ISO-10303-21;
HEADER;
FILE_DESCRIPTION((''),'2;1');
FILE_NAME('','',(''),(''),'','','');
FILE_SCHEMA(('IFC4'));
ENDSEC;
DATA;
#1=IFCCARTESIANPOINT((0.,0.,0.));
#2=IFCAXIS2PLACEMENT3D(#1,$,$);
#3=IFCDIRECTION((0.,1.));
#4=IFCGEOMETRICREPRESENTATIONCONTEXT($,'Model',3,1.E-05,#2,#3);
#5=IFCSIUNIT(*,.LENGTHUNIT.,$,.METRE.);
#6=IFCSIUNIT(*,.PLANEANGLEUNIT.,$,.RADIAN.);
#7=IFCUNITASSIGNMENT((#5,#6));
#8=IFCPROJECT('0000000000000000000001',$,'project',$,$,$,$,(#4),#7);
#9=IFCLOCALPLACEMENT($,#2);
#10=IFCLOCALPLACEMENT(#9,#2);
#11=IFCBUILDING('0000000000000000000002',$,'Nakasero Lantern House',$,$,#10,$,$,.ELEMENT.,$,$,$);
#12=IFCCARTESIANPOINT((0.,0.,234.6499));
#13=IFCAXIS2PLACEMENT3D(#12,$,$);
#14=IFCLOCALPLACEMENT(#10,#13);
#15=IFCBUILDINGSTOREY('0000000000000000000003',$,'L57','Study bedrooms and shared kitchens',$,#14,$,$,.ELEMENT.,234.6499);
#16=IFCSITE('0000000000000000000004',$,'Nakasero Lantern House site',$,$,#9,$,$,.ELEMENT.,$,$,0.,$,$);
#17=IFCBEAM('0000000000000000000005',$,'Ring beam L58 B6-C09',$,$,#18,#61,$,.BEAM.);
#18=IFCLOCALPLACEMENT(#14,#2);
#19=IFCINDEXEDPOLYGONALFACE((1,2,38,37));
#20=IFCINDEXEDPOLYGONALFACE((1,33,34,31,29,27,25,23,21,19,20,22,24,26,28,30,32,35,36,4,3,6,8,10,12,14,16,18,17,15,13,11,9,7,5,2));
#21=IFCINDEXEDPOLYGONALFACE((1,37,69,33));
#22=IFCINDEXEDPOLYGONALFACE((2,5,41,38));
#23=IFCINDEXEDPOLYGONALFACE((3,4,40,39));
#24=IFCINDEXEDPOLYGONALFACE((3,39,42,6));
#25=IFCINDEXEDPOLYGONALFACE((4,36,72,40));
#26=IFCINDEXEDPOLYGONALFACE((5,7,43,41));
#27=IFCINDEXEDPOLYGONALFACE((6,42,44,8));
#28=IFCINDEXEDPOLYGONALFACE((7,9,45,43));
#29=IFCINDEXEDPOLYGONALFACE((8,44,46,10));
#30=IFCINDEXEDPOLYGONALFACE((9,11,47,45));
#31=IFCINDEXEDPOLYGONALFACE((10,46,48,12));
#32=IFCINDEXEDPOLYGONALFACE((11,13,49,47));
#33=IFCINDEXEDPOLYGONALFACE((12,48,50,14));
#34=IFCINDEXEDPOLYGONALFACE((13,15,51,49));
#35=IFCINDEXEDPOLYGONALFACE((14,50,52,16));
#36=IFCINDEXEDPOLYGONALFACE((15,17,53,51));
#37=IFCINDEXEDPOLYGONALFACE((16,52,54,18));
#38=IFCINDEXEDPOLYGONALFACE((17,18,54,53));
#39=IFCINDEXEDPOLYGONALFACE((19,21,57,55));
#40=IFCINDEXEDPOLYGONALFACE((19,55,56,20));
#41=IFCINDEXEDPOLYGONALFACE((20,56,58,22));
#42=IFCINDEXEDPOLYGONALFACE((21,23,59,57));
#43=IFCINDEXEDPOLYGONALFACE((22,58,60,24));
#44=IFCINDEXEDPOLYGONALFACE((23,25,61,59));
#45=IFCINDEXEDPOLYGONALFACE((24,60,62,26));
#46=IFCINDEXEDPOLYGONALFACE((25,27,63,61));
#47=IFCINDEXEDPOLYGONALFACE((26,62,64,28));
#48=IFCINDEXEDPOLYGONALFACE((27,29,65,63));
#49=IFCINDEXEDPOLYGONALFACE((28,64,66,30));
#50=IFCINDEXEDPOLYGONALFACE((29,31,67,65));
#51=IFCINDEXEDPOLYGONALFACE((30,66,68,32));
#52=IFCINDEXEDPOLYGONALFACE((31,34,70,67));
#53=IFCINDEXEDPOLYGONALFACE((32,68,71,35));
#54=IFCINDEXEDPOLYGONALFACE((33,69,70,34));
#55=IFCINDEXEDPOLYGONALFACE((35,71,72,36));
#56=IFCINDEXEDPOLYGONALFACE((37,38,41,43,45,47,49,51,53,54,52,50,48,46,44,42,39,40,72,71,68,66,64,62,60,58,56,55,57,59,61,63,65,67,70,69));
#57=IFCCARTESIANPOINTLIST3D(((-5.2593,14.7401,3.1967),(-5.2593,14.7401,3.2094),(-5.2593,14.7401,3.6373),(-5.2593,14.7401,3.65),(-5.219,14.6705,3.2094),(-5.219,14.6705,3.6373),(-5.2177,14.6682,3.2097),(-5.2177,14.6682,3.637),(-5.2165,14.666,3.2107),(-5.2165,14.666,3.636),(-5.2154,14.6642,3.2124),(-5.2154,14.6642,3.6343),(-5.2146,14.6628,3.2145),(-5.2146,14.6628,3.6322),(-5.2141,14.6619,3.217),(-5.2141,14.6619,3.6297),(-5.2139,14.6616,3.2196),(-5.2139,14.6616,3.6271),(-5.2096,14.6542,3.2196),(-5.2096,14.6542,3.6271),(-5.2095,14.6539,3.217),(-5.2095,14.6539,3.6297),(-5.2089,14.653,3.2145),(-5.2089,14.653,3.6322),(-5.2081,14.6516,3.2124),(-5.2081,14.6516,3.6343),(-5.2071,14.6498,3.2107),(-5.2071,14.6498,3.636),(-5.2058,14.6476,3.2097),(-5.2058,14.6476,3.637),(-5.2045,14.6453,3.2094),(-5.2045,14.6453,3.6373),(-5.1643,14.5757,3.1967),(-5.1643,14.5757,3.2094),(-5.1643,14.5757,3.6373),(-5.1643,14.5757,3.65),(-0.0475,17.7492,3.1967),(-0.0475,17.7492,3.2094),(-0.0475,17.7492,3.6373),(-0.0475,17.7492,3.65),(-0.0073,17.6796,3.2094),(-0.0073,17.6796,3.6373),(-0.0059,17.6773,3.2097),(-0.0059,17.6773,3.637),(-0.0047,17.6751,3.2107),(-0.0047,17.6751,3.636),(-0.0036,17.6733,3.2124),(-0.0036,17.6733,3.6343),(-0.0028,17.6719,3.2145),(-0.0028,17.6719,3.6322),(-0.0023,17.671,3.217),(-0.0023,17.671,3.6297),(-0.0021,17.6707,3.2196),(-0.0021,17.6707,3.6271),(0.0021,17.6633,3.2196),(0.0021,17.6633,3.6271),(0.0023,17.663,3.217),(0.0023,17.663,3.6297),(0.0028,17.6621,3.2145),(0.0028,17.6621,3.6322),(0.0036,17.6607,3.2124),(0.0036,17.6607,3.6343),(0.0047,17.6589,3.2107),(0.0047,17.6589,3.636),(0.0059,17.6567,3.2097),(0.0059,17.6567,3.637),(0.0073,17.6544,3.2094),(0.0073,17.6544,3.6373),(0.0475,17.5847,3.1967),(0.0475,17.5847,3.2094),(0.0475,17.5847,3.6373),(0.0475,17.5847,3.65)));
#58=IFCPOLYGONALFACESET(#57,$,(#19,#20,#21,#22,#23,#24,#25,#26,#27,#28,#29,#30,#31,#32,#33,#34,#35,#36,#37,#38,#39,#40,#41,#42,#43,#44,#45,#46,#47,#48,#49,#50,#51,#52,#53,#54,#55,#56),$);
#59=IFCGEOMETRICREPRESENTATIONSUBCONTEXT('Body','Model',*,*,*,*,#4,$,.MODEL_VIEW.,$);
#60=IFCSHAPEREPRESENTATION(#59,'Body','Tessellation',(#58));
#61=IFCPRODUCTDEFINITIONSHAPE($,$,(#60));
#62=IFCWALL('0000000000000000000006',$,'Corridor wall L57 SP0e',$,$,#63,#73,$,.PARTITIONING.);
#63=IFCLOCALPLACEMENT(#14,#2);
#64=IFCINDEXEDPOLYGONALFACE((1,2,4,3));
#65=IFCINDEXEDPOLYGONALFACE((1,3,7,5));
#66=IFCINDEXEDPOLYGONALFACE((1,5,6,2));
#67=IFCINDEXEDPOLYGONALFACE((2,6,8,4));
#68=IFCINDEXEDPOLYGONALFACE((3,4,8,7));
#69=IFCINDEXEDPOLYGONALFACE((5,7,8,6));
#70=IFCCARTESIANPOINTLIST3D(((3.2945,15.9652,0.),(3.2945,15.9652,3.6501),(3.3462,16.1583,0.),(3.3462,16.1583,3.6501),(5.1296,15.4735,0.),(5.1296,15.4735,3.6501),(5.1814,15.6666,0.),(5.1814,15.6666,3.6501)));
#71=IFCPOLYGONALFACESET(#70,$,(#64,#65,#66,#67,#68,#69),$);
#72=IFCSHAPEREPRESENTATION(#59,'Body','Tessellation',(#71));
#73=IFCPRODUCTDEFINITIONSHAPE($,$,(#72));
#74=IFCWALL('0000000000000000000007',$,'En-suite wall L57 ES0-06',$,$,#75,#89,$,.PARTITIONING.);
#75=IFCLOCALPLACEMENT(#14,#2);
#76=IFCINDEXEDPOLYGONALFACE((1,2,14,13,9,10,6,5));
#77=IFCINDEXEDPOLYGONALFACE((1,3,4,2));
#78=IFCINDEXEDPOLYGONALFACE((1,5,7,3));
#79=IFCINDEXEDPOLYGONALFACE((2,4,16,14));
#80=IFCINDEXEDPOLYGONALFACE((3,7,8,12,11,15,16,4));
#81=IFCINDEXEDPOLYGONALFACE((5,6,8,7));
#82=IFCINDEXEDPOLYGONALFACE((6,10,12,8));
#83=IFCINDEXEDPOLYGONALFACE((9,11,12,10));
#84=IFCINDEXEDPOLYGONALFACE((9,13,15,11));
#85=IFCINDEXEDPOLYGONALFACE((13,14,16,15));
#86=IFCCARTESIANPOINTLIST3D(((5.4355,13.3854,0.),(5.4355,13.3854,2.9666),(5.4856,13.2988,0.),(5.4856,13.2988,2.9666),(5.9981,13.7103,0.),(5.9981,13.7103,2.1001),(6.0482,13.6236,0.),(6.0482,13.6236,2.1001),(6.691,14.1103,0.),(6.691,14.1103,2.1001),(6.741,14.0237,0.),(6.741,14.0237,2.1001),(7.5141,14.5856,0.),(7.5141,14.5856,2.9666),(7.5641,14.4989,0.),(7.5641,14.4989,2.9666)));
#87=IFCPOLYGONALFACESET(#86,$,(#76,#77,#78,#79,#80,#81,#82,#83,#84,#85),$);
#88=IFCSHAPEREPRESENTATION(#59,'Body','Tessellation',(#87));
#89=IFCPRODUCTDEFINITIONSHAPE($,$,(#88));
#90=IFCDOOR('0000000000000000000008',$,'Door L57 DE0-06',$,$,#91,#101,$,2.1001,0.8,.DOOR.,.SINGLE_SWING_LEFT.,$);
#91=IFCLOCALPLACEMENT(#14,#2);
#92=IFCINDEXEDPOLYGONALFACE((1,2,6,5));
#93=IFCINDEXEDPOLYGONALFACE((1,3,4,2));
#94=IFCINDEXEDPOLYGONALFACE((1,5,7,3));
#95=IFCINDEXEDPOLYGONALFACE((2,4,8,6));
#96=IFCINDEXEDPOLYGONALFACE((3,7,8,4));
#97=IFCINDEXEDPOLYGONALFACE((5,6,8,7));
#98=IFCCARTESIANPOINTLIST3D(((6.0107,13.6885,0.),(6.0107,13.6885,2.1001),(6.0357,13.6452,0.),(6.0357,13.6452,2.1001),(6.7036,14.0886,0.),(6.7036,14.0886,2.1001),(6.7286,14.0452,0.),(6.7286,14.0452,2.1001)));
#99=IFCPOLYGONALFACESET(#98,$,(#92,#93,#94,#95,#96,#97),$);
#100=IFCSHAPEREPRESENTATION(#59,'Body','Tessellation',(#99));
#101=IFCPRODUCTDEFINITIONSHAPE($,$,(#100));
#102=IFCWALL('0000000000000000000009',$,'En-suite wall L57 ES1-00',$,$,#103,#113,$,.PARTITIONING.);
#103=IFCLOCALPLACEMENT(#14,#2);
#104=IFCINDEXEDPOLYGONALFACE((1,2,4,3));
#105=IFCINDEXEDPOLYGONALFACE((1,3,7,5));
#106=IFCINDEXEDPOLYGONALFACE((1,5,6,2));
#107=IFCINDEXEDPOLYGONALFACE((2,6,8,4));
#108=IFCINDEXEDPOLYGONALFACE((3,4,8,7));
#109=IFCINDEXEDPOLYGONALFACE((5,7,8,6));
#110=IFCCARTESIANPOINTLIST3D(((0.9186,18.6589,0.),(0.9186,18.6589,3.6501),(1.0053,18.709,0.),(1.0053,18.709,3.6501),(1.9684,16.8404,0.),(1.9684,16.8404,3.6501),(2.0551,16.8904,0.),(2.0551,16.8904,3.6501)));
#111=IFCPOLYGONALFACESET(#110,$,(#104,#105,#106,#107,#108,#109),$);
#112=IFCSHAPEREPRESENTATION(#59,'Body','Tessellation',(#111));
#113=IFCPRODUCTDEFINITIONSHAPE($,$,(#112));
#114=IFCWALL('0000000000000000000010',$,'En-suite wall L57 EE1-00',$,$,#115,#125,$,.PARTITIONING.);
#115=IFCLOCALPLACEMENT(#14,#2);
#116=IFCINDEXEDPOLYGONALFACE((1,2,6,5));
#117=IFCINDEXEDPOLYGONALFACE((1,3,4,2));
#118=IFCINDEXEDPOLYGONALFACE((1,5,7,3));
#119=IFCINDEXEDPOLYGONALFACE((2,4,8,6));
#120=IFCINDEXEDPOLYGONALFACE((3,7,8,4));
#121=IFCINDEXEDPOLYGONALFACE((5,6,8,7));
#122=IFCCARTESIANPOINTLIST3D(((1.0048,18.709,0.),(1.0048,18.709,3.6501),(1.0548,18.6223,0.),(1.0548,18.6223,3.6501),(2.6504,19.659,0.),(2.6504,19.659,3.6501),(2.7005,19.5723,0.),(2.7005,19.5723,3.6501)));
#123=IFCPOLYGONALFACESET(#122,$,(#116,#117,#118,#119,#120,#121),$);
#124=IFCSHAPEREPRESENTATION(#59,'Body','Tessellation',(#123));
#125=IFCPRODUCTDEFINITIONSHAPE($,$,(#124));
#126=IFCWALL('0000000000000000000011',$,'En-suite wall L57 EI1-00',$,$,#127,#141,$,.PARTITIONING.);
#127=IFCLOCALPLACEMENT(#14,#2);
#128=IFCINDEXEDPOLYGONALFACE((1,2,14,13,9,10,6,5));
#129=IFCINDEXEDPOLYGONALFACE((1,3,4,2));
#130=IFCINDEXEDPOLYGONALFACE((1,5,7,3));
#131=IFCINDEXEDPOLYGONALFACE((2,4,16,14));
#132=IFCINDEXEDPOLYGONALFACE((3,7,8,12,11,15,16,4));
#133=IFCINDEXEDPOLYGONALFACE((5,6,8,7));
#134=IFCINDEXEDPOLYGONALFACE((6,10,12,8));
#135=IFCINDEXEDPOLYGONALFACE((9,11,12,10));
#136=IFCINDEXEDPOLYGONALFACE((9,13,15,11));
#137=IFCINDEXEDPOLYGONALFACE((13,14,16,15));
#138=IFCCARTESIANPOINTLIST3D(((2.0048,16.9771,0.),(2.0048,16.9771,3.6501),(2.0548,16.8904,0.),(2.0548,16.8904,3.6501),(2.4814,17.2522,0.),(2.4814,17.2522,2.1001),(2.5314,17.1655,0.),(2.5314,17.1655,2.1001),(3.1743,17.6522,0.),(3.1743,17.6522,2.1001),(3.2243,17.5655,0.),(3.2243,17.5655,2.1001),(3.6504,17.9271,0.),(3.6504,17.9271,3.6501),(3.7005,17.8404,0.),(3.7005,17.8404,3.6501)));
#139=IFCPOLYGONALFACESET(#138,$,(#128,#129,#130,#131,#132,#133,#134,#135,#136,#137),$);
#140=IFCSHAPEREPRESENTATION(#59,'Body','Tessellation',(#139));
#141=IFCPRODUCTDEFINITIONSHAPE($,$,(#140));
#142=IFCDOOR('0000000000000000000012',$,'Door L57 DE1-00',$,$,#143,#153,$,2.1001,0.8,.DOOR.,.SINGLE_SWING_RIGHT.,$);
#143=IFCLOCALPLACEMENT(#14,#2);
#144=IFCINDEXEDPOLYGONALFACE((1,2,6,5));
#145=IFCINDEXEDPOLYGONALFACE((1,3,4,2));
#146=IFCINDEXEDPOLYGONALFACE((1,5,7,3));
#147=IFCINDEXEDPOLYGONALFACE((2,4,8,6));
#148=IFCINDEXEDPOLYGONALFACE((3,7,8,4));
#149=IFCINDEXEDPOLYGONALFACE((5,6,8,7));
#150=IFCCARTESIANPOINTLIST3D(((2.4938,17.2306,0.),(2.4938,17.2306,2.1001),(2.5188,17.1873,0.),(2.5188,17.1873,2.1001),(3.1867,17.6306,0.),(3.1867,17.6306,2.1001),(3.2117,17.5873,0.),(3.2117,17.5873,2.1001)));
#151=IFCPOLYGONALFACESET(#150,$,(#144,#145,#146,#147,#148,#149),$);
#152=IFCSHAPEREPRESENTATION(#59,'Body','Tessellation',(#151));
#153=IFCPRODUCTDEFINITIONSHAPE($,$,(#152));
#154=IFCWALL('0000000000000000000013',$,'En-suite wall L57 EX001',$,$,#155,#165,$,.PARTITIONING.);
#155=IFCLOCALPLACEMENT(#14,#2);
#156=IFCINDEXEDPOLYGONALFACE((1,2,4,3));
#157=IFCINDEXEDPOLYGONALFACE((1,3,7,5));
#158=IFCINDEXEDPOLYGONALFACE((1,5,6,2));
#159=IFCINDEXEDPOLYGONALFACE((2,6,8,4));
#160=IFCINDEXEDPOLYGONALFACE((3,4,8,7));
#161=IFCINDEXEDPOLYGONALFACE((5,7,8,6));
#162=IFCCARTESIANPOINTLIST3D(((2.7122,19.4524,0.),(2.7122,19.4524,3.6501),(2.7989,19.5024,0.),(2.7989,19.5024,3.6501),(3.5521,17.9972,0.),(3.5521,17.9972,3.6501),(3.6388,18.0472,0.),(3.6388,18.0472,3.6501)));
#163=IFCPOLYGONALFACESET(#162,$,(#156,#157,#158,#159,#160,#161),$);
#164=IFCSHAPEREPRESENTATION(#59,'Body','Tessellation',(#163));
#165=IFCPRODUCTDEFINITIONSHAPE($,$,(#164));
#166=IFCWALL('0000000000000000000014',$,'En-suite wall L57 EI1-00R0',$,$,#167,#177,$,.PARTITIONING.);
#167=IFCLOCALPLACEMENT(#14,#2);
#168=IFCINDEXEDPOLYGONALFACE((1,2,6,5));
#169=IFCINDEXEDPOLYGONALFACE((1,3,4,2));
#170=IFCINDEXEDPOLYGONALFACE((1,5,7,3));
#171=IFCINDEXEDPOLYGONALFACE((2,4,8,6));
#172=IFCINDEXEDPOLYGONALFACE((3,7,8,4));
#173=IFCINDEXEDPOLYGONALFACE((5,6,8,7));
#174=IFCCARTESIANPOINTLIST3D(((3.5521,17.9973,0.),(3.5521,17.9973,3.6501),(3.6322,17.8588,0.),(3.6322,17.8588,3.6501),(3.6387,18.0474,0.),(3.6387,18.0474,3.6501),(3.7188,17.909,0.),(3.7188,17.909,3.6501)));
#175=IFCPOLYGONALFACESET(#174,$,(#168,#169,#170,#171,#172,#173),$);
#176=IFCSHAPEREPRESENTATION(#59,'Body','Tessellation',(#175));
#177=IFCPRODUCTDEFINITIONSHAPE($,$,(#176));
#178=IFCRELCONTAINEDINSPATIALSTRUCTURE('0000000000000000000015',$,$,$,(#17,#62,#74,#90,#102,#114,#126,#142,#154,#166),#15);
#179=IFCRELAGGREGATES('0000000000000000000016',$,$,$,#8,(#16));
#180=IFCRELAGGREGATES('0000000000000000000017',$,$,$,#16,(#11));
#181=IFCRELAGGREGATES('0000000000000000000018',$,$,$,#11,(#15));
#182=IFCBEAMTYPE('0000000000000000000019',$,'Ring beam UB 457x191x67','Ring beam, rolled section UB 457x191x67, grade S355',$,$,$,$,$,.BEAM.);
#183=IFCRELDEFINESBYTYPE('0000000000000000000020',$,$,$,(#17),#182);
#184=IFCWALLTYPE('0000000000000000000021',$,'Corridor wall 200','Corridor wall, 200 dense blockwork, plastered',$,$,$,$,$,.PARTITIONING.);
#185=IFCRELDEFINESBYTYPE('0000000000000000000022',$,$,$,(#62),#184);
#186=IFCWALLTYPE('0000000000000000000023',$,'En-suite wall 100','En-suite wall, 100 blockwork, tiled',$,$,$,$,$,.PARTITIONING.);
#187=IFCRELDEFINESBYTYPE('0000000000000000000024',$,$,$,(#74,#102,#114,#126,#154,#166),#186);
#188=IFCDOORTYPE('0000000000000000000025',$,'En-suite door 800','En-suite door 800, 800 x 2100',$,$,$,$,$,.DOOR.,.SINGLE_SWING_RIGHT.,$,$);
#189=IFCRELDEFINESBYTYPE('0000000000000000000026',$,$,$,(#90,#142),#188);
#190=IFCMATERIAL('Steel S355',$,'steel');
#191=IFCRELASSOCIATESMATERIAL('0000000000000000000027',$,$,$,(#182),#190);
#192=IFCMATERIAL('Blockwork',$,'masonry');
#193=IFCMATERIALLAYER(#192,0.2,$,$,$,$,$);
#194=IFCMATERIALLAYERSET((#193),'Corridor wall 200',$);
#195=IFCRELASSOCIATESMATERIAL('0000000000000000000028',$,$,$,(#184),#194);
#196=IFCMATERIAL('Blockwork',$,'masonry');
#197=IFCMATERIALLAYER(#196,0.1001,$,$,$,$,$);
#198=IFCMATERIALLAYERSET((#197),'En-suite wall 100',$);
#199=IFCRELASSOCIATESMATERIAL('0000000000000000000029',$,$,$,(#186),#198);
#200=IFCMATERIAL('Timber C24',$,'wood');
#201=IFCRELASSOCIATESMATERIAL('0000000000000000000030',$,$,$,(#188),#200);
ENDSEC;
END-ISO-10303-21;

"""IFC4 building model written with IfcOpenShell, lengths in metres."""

from ifc_helpers import new_model, si_unit, direction, frame, frame_2d, origin, origin_2d, place, context, subcontext, project, spatial, rectangle, i_section, extrude, material, layer, layer_set, material_profile, profile_set, type_object, element, fill, save


model = new_model("IFC4")

# Units and contexts
model_context = context("Model", 3, precision=1e-05, world=origin(), true_north=direction((0.0, 1.0)))
body_context = subcontext(model_context, "Body", "Model", "MODEL_VIEW")
ifc_project = project(units=[si_unit("LENGTHUNIT", "METRE"), si_unit("PLANEANGLEUNIT", "RADIAN")], contexts=[model_context])

# Site, building, storey
site_placement = place(None, origin())
site = spatial("IfcSite", under=ifc_project, at=site_placement, Name="Nakasero Lantern House site", CompositionType="ELEMENT", RefElevation=0.0)
building_placement = place(site_placement, origin())
building = spatial("IfcBuilding", under=site, at=building_placement, Name="Nakasero Lantern House", CompositionType="ELEMENT")
storey_placement = place(building_placement, frame((0.0, 0.0, 234.6499)))
storey = spatial("IfcBuildingStorey", under=building, at=storey_placement, Name="L57", Description="Study bedrooms and shared kitchens", CompositionType="ELEMENT", Elevation=234.6499)

# Beam
ifc_material_1 = material(Name="Steel S355", Category="steel")
ifc_material_profile = material_profile(ifc_material_1, i_section(OverallWidth=0.1899, OverallDepth=0.4534, WebThickness=0.0085, FlangeThickness=0.0127, FilletRadius=0.0103, at=origin_2d()), Name="UB 457x191x67")
ifc_profile_set = profile_set([ifc_material_profile], Name="Steel S355")
beam_type = type_object("IfcBeamType", Name="Ring beam UB 457x191x67", Description="Ring beam, rolled section UB 457x191x67, grade S355", PredefinedType="BEAM", material=ifc_profile_set)
beam_placement = place(storey_placement, frame((0.0, 17.667, 3.4233), z_axis=(-0.86602, -0.500009, 0.0), x_axis=(0.500009, -0.86602, 0.0)))
element("IfcBeam", 1, at=beam_placement, inside=storey, type_object=beam_type, Name="Ring beam L58 B6-C09", PredefinedType="BEAM", context=body_context, shape_type="SweptSolid", body=[
    extrude(i_section(OverallWidth=0.1899, OverallDepth=0.4534, WebThickness=0.0085, FlangeThickness=0.0127, FilletRadius=0.0103, at=origin_2d()), origin(), (0.0, 0.0, 1.0), 6.0181),
])

# Wall
ifc_material_2 = material(Name="Blockwork", Category="masonry")
ifc_layer_1 = layer(ifc_material_2, 0.2)
ifc_layer_set_1 = layer_set([ifc_layer_1], Name="Corridor wall 200")
wall_type_1 = type_object("IfcWallType", Name="Corridor wall 200", Description="Corridor wall, 200 dense blockwork, plastered", PredefinedType="PARTITIONING", material=ifc_layer_set_1)
wall_1_placement = place(storey_placement, frame((5.1555, 15.5701, 0.0), z_axis=(0.0, 0.0, 1.0), x_axis=(-0.965931, 0.258798, 0.0)))
element("IfcWall", 2, at=wall_1_placement, inside=storey, type_object=wall_type_1, Name="Corridor wall L57 SP0e", PredefinedType="PARTITIONING", context=body_context, shape_type="SweptSolid", body=[
    extrude(rectangle(XDim=1.8999, YDim=0.2, at=frame_2d((0.95, 0.0))), origin(), (0.0, 0.0, 1.0), 3.6501),
])

# Wall, opening, door
ifc_material_3 = material(Name="Blockwork", Category="masonry")
ifc_layer_2 = layer(ifc_material_3, 0.1001)
ifc_layer_set_2 = layer_set([ifc_layer_2], Name="En-suite wall 100")
wall_type_2 = type_object("IfcWallType", Name="En-suite wall 100", Description="En-suite wall, 100 blockwork, tiled", PredefinedType="PARTITIONING", material=ifc_layer_set_2)
wall_2_placement = place(storey_placement, frame((5.4604, 13.342, 0.0), z_axis=(0.0, 0.0, 1.0), x_axis=(0.866006, 0.500034, 0.0)))
wall_2 = element("IfcWall", 3, at=wall_2_placement, inside=storey, type_object=wall_type_2, Name="En-suite wall L57 ES0-06", PredefinedType="PARTITIONING", context=body_context, shape_type="SweptSolid", body=[
    extrude(rectangle(XDim=2.4001, YDim=0.1001, at=frame_2d((1.2002, 0.0))), origin(), (0.0, 0.0, 1.0), 2.9666),
])
opening_1_placement = place(wall_2_placement, frame((0.6499, 0.0, 0.0)))
opening_1 = element("IfcOpeningElement", 4, at=opening_1_placement, cuts=wall_2, PredefinedType="OPENING", context=body_context, shape_type="SweptSolid", body=[
    extrude(rectangle(XDim=0.8, YDim=2.1001, at=frame_2d((0.3999, 1.05))), frame((0.0, 0.0701, 0.0), z_axis=(0.0, -1.0, 0.0), x_axis=(1.0, 0.0, 0.0)), (0.0, 0.0, 1.0), 0.1401),
])
ifc_material_4 = material(Name="Timber C24", Category="wood")
door_type_1 = type_object("IfcDoorType", Name="En-suite door 800", Description="En-suite door 800, 800 x 2100", OperationType="SINGLE_SWING_RIGHT", PredefinedType="DOOR", material=ifc_material_4)
door_1_placement = place(opening_1_placement, origin())
door_1 = element("IfcDoor", 5, at=door_1_placement, inside=storey, type_object=door_type_1, Name="Door L57 DE0-06", OperationType="SINGLE_SWING_LEFT", OverallHeight=2.1001, OverallWidth=0.8, PredefinedType="DOOR", context=body_context, shape_type="SweptSolid", body=[
    extrude(rectangle(XDim=0.8, YDim=2.1001, at=frame_2d((0.3999, 1.05))), frame((0.0, 0.0249, 0.0), z_axis=(0.0, -1.0, 0.0), x_axis=(1.0, 0.0, 0.0)), (0.0, 0.0, 1.0), 0.05),
])
fill(opening_1, door_1)

# Walls
wall_3_placement = place(storey_placement, frame((2.0117, 16.8655, 0.0), z_axis=(0.0, 0.0, 1.0), x_axis=(-0.499941, 0.86606, 0.0)))
element("IfcWall", 6, at=wall_3_placement, inside=storey, type_object=wall_type_2, Name="En-suite wall L57 ES1-00", PredefinedType="PARTITIONING", context=body_context, shape_type="SweptSolid", body=[
    extrude(rectangle(XDim=2.0999, YDim=0.1001, at=frame_2d((1.0498, 0.0))), origin(), (0.0, 0.0, 1.0), 3.6501),
])
wall_4_placement = place(storey_placement, frame((2.6755, 19.6157, 0.0), z_axis=(0.0, 0.0, 1.0), x_axis=(-0.866044, -0.499967, 0.0)))
element("IfcWall", 7, at=wall_4_placement, inside=storey, type_object=wall_type_2, Name="En-suite wall L57 EE1-00", PredefinedType="PARTITIONING", context=body_context, shape_type="SweptSolid", body=[
    extrude(rectangle(XDim=1.9001, YDim=0.1001, at=frame_2d((0.9502, 0.0))), origin(), (0.0, 0.0, 1.0), 3.6501),
])

# Wall, opening, door
wall_5_placement = place(storey_placement, frame((3.6755, 17.8838, 0.0), z_axis=(0.0, 0.0, 1.0), x_axis=(-0.866044, -0.499967, 0.0)))
wall_5 = element("IfcWall", 8, at=wall_5_placement, inside=storey, type_object=wall_type_2, Name="En-suite wall L57 EI1-00", PredefinedType="PARTITIONING", context=body_context, shape_type="SweptSolid", body=[
    extrude(rectangle(XDim=1.9001, YDim=0.1001, at=frame_2d((0.9502, 0.0))), origin(), (0.0, 0.0, 1.0), 3.6501),
])
opening_2_placement = place(wall_5_placement, frame((0.55, 0.0, 0.0)))
opening_2 = element("IfcOpeningElement", 9, at=opening_2_placement, cuts=wall_5, PredefinedType="OPENING", context=body_context, shape_type="SweptSolid", body=[
    extrude(rectangle(XDim=0.8, YDim=2.1001, at=frame_2d((0.3999, 1.05))), frame((0.0, 0.0701, 0.0), z_axis=(0.0, -1.0, 0.0), x_axis=(1.0, 0.0, 0.0)), (0.0, 0.0, 1.0), 0.1401),
])
door_2_placement = place(opening_2_placement, origin())
door_2 = element("IfcDoor", 10, at=door_2_placement, inside=storey, type_object=door_type_1, Name="Door L57 DE1-00", OperationType="SINGLE_SWING_RIGHT", OverallHeight=2.1001, OverallWidth=0.8, PredefinedType="DOOR", context=body_context, shape_type="SweptSolid", body=[
    extrude(rectangle(XDim=0.8, YDim=2.1001, at=frame_2d((0.3999, 1.05))), frame((0.0, 0.0249, 0.0), z_axis=(0.0, -1.0, 0.0), x_axis=(1.0, 0.0, 0.0)), (0.0, 0.0, 1.0), 0.05),
])
fill(opening_2, door_2)

# Walls
wall_6_placement = place(storey_placement, frame((3.5955, 18.0222, 0.0), z_axis=(0.0, 0.0, 1.0), x_axis=(-0.49989, 0.866089, 0.0)))
element("IfcWall", 11, at=wall_6_placement, inside=storey, type_object=wall_type_2, Name="En-suite wall L57 EX001", PredefinedType="PARTITIONING", context=body_context, shape_type="SweptSolid", body=[
    extrude(rectangle(XDim=1.6802, YDim=0.1001, at=frame_2d((0.8401, 0.0))), origin(), (0.0, 0.0, 1.0), 3.6501),
])
wall_7_placement = place(storey_placement, frame((3.6755, 17.8838, 0.0), z_axis=(0.0, 0.0, 1.0), x_axis=(-0.500735, 0.8656, 0.0)))
element("IfcWall", 12, at=wall_7_placement, inside=storey, type_object=wall_type_2, Name="En-suite wall L57 EI1-00R0", PredefinedType="PARTITIONING", context=body_context, shape_type="SweptSolid", body=[
    extrude(rectangle(XDim=0.1599, YDim=0.1001, at=frame_2d((0.0801, 0.0))), origin(), (0.0, 0.0, 1.0), 3.6501),
])

save(model, "model.ifc")
